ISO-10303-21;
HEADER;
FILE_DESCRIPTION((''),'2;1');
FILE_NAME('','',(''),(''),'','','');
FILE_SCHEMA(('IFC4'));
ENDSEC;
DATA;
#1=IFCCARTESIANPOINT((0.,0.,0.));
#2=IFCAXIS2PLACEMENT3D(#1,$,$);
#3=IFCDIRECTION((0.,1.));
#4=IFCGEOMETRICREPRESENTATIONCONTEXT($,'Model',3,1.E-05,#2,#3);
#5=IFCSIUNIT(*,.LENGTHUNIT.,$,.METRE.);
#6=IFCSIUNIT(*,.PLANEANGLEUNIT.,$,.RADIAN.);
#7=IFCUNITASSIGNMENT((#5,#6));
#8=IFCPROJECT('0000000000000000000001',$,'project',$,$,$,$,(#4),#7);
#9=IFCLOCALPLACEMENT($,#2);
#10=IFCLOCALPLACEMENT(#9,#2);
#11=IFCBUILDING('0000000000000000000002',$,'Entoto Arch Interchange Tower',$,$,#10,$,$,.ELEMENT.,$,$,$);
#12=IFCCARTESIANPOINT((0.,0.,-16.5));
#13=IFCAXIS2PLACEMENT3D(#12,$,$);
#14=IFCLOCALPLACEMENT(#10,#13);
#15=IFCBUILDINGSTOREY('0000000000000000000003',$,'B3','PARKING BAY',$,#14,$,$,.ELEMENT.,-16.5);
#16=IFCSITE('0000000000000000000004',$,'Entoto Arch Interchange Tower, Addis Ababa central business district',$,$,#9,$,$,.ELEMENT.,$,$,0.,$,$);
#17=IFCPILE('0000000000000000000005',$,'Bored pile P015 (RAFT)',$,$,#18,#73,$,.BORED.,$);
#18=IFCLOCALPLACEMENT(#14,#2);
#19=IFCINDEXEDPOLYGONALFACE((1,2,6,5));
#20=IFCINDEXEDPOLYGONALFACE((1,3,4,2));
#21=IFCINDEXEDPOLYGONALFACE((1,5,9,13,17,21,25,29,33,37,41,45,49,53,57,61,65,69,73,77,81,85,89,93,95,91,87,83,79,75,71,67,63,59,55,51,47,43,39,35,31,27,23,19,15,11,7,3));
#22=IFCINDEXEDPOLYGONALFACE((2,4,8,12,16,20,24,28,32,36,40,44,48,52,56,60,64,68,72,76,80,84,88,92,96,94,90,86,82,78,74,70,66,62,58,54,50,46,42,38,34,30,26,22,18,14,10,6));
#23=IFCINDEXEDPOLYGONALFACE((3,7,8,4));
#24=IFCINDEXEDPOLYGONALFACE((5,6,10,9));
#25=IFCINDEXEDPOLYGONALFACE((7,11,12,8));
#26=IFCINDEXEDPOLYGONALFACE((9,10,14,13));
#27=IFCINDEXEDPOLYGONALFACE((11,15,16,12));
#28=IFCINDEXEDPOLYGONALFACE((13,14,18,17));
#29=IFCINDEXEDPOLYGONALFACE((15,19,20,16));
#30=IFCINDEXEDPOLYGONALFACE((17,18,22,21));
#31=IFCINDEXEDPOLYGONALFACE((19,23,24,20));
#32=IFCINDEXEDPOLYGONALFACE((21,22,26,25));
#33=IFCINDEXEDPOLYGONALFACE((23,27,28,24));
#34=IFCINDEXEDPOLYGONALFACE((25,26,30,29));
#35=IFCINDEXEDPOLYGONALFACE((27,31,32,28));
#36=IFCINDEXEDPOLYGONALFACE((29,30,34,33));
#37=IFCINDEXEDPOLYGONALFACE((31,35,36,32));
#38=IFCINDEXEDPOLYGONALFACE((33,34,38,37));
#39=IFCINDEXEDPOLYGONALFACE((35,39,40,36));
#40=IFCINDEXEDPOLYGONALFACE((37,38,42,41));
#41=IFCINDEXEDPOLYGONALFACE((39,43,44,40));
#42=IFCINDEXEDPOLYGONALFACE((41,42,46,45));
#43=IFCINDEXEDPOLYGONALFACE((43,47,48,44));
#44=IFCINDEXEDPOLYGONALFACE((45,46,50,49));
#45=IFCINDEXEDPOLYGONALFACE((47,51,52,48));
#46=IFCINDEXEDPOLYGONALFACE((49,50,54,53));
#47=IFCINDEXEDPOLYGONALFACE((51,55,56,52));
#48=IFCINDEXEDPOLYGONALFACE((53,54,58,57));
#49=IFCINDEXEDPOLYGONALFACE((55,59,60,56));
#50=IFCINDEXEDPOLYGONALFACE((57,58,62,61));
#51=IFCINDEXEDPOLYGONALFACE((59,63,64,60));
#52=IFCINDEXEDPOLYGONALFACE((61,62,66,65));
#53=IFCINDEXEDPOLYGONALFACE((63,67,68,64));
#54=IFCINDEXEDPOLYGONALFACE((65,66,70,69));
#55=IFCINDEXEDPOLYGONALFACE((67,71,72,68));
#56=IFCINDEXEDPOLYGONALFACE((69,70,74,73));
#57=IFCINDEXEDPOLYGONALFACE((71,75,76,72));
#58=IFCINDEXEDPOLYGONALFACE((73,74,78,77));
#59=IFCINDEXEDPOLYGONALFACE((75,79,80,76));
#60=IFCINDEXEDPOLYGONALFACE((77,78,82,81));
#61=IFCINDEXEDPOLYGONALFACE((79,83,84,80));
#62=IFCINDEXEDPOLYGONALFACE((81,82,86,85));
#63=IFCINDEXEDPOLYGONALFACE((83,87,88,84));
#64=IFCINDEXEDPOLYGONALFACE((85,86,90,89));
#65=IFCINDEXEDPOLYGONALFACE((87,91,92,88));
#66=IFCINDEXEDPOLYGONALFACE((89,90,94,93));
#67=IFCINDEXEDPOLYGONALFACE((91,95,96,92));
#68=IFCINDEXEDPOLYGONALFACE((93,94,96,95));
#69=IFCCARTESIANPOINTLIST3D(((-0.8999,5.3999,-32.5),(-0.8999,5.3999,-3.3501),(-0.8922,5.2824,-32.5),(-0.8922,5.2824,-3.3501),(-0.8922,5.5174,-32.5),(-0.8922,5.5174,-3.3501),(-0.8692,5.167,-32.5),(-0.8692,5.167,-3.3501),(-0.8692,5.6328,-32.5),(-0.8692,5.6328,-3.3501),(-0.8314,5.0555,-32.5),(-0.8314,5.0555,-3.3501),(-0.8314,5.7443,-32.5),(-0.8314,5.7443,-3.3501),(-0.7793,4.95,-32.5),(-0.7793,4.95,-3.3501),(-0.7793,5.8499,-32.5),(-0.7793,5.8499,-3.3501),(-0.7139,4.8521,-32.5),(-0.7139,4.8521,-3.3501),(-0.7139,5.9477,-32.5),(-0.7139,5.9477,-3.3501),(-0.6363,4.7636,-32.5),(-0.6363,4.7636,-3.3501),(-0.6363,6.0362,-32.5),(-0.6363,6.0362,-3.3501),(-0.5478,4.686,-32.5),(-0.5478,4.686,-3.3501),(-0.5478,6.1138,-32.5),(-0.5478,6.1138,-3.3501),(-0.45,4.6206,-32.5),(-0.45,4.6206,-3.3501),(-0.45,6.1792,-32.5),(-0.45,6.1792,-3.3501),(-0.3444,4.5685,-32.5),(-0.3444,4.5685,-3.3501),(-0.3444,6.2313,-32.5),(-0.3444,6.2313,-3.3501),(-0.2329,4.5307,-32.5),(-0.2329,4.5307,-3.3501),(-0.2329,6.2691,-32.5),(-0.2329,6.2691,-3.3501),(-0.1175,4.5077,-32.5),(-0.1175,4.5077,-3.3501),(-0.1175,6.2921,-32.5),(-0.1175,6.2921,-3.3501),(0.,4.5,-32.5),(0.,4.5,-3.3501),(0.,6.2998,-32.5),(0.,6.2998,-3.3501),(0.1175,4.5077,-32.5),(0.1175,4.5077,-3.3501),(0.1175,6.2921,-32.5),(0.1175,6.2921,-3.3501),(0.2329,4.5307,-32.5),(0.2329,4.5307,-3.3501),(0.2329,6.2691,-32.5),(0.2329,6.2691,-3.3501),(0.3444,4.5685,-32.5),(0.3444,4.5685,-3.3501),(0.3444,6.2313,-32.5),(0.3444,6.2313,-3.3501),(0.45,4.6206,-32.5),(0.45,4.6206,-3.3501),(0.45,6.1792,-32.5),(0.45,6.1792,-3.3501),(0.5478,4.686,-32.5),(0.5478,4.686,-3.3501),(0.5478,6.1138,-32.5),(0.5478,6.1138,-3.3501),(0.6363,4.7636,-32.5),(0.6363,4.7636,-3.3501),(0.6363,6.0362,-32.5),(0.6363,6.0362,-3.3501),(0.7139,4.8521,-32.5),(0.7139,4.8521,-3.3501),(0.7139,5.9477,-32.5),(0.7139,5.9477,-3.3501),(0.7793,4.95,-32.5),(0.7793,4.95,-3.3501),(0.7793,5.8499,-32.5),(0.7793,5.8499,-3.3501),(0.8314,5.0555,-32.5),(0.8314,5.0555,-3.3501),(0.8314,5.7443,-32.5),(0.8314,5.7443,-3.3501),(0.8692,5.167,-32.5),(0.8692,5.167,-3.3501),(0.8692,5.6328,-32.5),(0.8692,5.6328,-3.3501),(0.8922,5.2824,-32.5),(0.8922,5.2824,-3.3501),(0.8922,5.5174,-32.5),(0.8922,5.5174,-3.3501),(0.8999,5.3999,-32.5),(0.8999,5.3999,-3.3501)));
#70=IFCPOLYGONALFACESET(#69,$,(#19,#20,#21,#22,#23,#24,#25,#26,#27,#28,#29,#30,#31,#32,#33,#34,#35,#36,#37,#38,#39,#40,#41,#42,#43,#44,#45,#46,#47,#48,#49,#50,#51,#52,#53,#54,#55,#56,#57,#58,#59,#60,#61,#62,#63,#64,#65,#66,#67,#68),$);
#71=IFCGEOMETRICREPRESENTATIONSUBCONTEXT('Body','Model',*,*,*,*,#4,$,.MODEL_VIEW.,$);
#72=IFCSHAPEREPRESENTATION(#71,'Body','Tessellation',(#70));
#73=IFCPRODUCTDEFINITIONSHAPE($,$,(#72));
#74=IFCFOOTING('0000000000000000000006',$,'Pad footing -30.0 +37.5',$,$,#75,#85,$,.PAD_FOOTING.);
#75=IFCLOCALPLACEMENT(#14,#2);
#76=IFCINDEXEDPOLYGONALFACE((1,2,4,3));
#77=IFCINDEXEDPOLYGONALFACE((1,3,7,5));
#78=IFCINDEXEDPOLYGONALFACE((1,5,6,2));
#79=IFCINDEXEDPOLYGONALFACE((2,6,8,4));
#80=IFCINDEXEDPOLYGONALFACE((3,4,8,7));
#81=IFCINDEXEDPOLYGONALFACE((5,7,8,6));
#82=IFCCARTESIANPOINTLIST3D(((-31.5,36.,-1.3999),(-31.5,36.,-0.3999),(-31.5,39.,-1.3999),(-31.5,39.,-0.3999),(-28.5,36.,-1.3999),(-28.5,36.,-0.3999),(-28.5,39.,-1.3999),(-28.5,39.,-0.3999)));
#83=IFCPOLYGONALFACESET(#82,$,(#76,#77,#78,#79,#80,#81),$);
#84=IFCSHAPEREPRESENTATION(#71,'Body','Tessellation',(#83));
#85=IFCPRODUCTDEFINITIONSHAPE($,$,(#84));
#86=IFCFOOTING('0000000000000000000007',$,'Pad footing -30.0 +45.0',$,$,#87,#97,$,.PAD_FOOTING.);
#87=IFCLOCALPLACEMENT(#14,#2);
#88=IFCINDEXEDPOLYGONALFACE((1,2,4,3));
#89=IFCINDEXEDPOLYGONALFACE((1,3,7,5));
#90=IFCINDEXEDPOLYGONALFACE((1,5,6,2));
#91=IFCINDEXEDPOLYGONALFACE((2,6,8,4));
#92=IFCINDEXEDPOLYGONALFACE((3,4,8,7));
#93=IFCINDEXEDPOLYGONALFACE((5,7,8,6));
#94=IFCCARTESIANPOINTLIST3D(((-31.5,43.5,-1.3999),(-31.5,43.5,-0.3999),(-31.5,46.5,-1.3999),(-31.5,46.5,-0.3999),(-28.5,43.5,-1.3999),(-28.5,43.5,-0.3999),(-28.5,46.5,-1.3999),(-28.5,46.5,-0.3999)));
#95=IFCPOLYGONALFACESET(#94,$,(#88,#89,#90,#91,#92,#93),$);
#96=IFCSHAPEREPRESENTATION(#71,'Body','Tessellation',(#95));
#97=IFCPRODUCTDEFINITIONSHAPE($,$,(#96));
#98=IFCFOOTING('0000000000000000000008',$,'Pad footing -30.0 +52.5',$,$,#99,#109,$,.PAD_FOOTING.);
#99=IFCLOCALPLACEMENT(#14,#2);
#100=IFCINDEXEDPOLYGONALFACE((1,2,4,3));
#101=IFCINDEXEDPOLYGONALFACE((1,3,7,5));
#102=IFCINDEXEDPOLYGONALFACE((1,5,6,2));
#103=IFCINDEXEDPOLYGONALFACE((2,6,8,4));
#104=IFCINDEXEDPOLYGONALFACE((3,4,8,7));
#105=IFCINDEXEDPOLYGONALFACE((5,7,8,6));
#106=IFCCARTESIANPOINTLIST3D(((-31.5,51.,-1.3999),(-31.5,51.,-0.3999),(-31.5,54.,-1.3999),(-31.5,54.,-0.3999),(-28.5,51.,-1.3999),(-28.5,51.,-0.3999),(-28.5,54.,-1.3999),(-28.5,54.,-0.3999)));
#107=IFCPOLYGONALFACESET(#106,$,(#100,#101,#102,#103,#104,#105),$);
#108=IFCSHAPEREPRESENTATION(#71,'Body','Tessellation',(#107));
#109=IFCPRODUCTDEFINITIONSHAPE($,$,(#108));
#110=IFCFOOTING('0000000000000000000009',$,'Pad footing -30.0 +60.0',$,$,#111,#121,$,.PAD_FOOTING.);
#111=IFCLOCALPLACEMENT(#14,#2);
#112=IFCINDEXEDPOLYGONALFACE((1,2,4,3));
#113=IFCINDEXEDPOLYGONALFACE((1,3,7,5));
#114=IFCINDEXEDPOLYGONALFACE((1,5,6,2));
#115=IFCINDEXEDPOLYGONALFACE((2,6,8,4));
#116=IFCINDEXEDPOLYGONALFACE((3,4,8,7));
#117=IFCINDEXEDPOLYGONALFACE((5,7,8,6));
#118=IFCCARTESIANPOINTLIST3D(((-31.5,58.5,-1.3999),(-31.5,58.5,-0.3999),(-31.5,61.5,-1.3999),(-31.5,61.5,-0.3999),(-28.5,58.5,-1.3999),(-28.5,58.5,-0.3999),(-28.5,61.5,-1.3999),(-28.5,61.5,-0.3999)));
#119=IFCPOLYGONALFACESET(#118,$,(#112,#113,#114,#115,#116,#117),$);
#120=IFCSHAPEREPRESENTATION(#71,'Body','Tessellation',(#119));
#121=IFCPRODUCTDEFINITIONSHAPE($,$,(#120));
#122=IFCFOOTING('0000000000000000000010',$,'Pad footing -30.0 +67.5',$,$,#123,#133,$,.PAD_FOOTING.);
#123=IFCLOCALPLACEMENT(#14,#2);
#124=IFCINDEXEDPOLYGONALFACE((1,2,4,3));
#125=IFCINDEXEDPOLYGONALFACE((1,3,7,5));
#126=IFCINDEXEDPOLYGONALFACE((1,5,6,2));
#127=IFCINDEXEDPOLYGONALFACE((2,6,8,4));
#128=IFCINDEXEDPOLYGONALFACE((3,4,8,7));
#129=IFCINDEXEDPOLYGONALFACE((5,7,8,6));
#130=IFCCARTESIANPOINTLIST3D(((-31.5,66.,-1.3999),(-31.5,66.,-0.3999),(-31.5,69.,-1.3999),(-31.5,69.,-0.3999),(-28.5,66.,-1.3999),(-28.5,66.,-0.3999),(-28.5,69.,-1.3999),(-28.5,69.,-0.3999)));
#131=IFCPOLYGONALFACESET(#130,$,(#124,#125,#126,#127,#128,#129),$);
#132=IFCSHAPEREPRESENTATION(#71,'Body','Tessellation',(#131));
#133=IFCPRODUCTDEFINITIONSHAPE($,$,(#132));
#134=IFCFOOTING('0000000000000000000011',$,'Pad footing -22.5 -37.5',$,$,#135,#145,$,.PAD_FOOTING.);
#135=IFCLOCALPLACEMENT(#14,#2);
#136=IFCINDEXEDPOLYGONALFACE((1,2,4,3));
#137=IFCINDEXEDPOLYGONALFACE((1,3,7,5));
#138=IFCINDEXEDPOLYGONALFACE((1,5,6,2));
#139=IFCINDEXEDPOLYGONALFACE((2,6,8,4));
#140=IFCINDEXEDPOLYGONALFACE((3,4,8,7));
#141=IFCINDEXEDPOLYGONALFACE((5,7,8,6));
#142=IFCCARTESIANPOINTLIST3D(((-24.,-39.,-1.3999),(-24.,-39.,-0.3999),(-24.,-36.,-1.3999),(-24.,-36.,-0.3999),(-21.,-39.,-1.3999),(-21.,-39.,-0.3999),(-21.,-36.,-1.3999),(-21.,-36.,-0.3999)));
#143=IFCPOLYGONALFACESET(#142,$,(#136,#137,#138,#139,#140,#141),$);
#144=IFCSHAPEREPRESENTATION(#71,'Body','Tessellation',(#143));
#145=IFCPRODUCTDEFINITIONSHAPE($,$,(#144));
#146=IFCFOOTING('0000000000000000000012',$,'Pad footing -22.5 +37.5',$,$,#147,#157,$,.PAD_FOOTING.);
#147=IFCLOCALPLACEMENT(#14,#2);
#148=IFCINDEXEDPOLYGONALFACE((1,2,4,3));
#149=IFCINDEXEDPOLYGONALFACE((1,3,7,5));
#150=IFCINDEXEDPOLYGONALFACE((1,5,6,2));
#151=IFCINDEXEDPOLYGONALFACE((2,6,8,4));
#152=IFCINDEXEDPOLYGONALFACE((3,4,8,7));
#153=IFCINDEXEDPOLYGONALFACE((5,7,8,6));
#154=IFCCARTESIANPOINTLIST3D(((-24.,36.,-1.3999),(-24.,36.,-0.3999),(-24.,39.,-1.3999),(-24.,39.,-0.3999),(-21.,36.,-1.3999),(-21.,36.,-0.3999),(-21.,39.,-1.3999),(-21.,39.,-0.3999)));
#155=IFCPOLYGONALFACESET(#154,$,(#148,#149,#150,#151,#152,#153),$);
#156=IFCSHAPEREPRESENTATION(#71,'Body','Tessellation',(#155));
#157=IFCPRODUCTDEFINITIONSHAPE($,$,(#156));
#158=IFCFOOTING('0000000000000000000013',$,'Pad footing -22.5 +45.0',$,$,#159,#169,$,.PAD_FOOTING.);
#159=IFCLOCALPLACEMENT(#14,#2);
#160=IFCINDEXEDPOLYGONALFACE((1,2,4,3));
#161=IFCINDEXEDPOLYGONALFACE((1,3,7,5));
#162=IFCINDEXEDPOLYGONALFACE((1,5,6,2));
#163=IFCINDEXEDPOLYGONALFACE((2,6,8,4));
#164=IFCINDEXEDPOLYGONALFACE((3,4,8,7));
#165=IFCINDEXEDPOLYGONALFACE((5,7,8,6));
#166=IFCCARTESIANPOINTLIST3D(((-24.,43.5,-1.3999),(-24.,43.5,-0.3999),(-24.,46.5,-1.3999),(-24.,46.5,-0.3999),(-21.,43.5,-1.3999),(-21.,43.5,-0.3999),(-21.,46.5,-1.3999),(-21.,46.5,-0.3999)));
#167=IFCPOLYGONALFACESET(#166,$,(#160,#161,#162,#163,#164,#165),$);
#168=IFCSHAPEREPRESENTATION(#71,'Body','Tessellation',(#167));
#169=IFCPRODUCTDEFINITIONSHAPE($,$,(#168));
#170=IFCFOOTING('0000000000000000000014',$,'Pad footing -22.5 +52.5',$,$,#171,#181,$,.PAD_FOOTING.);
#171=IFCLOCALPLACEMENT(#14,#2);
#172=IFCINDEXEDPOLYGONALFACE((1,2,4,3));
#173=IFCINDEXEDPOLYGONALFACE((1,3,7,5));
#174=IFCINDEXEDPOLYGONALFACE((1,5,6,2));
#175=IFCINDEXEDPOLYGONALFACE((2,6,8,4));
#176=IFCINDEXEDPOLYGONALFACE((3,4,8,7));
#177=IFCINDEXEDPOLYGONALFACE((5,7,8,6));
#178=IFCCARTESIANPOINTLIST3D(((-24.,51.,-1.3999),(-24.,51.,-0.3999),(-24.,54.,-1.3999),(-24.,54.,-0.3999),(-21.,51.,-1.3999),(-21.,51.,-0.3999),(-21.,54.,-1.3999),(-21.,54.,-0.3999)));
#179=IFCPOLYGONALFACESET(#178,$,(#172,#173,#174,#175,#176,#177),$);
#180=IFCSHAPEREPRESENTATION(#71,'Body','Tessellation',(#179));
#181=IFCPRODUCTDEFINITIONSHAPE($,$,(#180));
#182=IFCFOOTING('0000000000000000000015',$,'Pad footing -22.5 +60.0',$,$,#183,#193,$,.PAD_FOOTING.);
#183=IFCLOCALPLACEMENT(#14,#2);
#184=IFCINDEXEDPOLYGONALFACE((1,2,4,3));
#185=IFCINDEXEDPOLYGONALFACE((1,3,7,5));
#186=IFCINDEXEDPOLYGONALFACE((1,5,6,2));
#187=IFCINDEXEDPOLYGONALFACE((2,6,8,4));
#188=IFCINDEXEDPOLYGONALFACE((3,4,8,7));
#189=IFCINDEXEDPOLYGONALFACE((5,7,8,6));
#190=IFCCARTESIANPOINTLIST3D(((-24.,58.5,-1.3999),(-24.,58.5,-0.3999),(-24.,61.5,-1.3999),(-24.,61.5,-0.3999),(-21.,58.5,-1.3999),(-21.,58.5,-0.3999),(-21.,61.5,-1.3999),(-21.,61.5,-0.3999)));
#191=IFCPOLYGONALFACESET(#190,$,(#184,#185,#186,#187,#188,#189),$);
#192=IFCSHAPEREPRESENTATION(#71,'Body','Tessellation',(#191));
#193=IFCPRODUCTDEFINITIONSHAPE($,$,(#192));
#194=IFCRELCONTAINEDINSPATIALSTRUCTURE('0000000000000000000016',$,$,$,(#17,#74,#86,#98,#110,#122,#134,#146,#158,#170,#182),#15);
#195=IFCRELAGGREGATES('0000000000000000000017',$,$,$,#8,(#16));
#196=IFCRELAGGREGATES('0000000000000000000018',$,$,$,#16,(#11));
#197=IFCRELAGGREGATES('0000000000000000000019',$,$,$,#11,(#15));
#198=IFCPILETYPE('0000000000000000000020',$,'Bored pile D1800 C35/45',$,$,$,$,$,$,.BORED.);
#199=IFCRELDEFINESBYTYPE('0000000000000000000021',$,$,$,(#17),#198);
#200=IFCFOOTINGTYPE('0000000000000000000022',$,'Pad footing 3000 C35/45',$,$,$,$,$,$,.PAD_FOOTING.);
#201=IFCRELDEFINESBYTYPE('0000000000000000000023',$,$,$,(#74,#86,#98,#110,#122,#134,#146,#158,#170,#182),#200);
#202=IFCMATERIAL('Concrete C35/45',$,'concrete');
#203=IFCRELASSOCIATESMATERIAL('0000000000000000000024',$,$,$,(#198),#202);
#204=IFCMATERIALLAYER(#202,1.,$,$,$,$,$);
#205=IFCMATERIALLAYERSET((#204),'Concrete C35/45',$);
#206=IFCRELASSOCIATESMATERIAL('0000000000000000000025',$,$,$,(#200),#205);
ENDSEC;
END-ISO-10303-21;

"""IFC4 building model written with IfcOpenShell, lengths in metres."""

from ifc_helpers import new_model, si_unit, direction, frame, origin, origin_2d, place, context, subcontext, project, spatial, polyline, circle, outline, extrude, material, layer, layer_set, material_profile, profile_set, type_object, element, save


model = new_model("IFC4")

# Units and contexts
model_context = context("Model", 3, precision=1e-05, world=origin(), true_north=direction((0.0, 1.0)))
body_context = subcontext(model_context, "Body", "Model", "MODEL_VIEW")
ifc_project = project(units=[si_unit("LENGTHUNIT", "METRE"), si_unit("PLANEANGLEUNIT", "RADIAN")], contexts=[model_context])

# Site, building, storey
site_placement = place(None, origin())
site = spatial("IfcSite", under=ifc_project, at=site_placement, Name="Entoto Arch Interchange Tower, Addis Ababa central business district", CompositionType="ELEMENT", RefElevation=0.0)
building_placement = place(site_placement, origin())
building = spatial("IfcBuilding", under=site, at=building_placement, Name="Entoto Arch Interchange Tower", CompositionType="ELEMENT")
storey_placement = place(building_placement, frame((0.0, 0.0, -16.5)))
storey = spatial("IfcBuildingStorey", under=building, at=storey_placement, Name="B3", Description="PARKING BAY", CompositionType="ELEMENT", Elevation=-16.5)

# Pile
ifc_material = material(Name="Concrete C35/45", Category="concrete")
ifc_material_profile = material_profile(ifc_material, circle(Radius=0.8999, at=origin_2d()))
ifc_profile_set = profile_set([ifc_material_profile], Name="Concrete C35/45")
pile_type = type_object("IfcPileType", Name="Bored pile D1800 C35/45", PredefinedType="BORED", material=ifc_profile_set)
pile_placement = place(storey_placement, frame((0.0, 5.3999, -3.3501), z_axis=(0.0, 0.0, -1.0), x_axis=(1.0, 0.0, 0.0)))
element("IfcPile", 1, at=pile_placement, inside=storey, type_object=pile_type, Name="Bored pile P015 (RAFT)", PredefinedType="BORED", context=body_context, shape_type="SweptSolid", body=[
    extrude(circle(Radius=0.8999, at=origin_2d()), origin(), (0.0, 0.0, 1.0), 29.1499),
])

# Footings
ifc_layer = layer(ifc_material, 1.0)
ifc_layer_set = layer_set([ifc_layer], Name="Concrete C35/45")
footing_type = type_object("IfcFootingType", Name="Pad footing 3000 C35/45", PredefinedType="PAD_FOOTING", material=ifc_layer_set)
footing_1_placement = place(storey_placement, frame((0.0, 0.0, -1.3999)))
element("IfcFooting", 2, at=footing_1_placement, inside=storey, type_object=footing_type, Name="Pad footing -30.0 +37.5", PredefinedType="PAD_FOOTING", context=body_context, shape_type="SweptSolid", body=[
    extrude(outline(polyline([(-28.5, 36.0), (-28.5, 39.0), (-31.5, 39.0), (-31.5, 36.0), (-28.5, 36.0)])), origin(), (0.0, 0.0, 1.0), 1.0),
])
footing_2_placement = place(storey_placement, frame((0.0, 0.0, -1.3999)))
element("IfcFooting", 3, at=footing_2_placement, inside=storey, type_object=footing_type, Name="Pad footing -30.0 +45.0", PredefinedType="PAD_FOOTING", context=body_context, shape_type="SweptSolid", body=[
    extrude(outline(polyline([(-28.5, 43.5), (-28.5, 46.5), (-31.5, 46.5), (-31.5, 43.5), (-28.5, 43.5)])), origin(), (0.0, 0.0, 1.0), 1.0),
])
footing_3_placement = place(storey_placement, frame((0.0, 0.0, -1.3999)))
element("IfcFooting", 4, at=footing_3_placement, inside=storey, type_object=footing_type, Name="Pad footing -30.0 +52.5", PredefinedType="PAD_FOOTING", context=body_context, shape_type="SweptSolid", body=[
    extrude(outline(polyline([(-28.5, 51.0), (-28.5, 54.0), (-31.5, 54.0), (-31.5, 51.0), (-28.5, 51.0)])), origin(), (0.0, 0.0, 1.0), 1.0),
])
footing_4_placement = place(storey_placement, frame((0.0, 0.0, -1.3999)))
element("IfcFooting", 5, at=footing_4_placement, inside=storey, type_object=footing_type, Name="Pad footing -30.0 +60.0", PredefinedType="PAD_FOOTING", context=body_context, shape_type="SweptSolid", body=[
    extrude(outline(polyline([(-28.5, 58.5), (-28.5, 61.5), (-31.5, 61.5), (-31.5, 58.5), (-28.5, 58.5)])), origin(), (0.0, 0.0, 1.0), 1.0),
])
footing_5_placement = place(storey_placement, frame((0.0, 0.0, -1.3999)))
element("IfcFooting", 6, at=footing_5_placement, inside=storey, type_object=footing_type, Name="Pad footing -30.0 +67.5", PredefinedType="PAD_FOOTING", context=body_context, shape_type="SweptSolid", body=[
    extrude(outline(polyline([(-28.5, 66.0), (-28.5, 69.0), (-31.5, 69.0), (-31.5, 66.0), (-28.5, 66.0)])), origin(), (0.0, 0.0, 1.0), 1.0),
])
footing_6_placement = place(storey_placement, frame((0.0, 0.0, -1.3999)))
element("IfcFooting", 7, at=footing_6_placement, inside=storey, type_object=footing_type, Name="Pad footing -22.5 -37.5", PredefinedType="PAD_FOOTING", context=body_context, shape_type="SweptSolid", body=[
    extrude(outline(polyline([(-21.0, -39.0), (-21.0, -36.0), (-24.0, -36.0), (-24.0, -39.0), (-21.0, -39.0)])), origin(), (0.0, 0.0, 1.0), 1.0),
])
footing_7_placement = place(storey_placement, frame((0.0, 0.0, -1.3999)))
element("IfcFooting", 8, at=footing_7_placement, inside=storey, type_object=footing_type, Name="Pad footing -22.5 +37.5", PredefinedType="PAD_FOOTING", context=body_context, shape_type="SweptSolid", body=[
    extrude(outline(polyline([(-21.0, 36.0), (-21.0, 39.0), (-24.0, 39.0), (-24.0, 36.0), (-21.0, 36.0)])), origin(), (0.0, 0.0, 1.0), 1.0),
])
footing_8_placement = place(storey_placement, frame((0.0, 0.0, -1.3999)))
element("IfcFooting", 9, at=footing_8_placement, inside=storey, type_object=footing_type, Name="Pad footing -22.5 +45.0", PredefinedType="PAD_FOOTING", context=body_context, shape_type="SweptSolid", body=[
    extrude(outline(polyline([(-21.0, 43.5), (-21.0, 46.5), (-24.0, 46.5), (-24.0, 43.5), (-21.0, 43.5)])), origin(), (0.0, 0.0, 1.0), 1.0),
])
footing_9_placement = place(storey_placement, frame((0.0, 0.0, -1.3999)))
element("IfcFooting", 10, at=footing_9_placement, inside=storey, type_object=footing_type, Name="Pad footing -22.5 +52.5", PredefinedType="PAD_FOOTING", context=body_context, shape_type="SweptSolid", body=[
    extrude(outline(polyline([(-21.0, 51.0), (-21.0, 54.0), (-24.0, 54.0), (-24.0, 51.0), (-21.0, 51.0)])), origin(), (0.0, 0.0, 1.0), 1.0),
])
footing_10_placement = place(storey_placement, frame((0.0, 0.0, -1.3999)))
element("IfcFooting", 11, at=footing_10_placement, inside=storey, type_object=footing_type, Name="Pad footing -22.5 +60.0", PredefinedType="PAD_FOOTING", context=body_context, shape_type="SweptSolid", body=[
    extrude(outline(polyline([(-21.0, 58.5), (-21.0, 61.5), (-24.0, 61.5), (-24.0, 58.5), (-21.0, 58.5)])), origin(), (0.0, 0.0, 1.0), 1.0),
])

save(model, "model.ifc")
